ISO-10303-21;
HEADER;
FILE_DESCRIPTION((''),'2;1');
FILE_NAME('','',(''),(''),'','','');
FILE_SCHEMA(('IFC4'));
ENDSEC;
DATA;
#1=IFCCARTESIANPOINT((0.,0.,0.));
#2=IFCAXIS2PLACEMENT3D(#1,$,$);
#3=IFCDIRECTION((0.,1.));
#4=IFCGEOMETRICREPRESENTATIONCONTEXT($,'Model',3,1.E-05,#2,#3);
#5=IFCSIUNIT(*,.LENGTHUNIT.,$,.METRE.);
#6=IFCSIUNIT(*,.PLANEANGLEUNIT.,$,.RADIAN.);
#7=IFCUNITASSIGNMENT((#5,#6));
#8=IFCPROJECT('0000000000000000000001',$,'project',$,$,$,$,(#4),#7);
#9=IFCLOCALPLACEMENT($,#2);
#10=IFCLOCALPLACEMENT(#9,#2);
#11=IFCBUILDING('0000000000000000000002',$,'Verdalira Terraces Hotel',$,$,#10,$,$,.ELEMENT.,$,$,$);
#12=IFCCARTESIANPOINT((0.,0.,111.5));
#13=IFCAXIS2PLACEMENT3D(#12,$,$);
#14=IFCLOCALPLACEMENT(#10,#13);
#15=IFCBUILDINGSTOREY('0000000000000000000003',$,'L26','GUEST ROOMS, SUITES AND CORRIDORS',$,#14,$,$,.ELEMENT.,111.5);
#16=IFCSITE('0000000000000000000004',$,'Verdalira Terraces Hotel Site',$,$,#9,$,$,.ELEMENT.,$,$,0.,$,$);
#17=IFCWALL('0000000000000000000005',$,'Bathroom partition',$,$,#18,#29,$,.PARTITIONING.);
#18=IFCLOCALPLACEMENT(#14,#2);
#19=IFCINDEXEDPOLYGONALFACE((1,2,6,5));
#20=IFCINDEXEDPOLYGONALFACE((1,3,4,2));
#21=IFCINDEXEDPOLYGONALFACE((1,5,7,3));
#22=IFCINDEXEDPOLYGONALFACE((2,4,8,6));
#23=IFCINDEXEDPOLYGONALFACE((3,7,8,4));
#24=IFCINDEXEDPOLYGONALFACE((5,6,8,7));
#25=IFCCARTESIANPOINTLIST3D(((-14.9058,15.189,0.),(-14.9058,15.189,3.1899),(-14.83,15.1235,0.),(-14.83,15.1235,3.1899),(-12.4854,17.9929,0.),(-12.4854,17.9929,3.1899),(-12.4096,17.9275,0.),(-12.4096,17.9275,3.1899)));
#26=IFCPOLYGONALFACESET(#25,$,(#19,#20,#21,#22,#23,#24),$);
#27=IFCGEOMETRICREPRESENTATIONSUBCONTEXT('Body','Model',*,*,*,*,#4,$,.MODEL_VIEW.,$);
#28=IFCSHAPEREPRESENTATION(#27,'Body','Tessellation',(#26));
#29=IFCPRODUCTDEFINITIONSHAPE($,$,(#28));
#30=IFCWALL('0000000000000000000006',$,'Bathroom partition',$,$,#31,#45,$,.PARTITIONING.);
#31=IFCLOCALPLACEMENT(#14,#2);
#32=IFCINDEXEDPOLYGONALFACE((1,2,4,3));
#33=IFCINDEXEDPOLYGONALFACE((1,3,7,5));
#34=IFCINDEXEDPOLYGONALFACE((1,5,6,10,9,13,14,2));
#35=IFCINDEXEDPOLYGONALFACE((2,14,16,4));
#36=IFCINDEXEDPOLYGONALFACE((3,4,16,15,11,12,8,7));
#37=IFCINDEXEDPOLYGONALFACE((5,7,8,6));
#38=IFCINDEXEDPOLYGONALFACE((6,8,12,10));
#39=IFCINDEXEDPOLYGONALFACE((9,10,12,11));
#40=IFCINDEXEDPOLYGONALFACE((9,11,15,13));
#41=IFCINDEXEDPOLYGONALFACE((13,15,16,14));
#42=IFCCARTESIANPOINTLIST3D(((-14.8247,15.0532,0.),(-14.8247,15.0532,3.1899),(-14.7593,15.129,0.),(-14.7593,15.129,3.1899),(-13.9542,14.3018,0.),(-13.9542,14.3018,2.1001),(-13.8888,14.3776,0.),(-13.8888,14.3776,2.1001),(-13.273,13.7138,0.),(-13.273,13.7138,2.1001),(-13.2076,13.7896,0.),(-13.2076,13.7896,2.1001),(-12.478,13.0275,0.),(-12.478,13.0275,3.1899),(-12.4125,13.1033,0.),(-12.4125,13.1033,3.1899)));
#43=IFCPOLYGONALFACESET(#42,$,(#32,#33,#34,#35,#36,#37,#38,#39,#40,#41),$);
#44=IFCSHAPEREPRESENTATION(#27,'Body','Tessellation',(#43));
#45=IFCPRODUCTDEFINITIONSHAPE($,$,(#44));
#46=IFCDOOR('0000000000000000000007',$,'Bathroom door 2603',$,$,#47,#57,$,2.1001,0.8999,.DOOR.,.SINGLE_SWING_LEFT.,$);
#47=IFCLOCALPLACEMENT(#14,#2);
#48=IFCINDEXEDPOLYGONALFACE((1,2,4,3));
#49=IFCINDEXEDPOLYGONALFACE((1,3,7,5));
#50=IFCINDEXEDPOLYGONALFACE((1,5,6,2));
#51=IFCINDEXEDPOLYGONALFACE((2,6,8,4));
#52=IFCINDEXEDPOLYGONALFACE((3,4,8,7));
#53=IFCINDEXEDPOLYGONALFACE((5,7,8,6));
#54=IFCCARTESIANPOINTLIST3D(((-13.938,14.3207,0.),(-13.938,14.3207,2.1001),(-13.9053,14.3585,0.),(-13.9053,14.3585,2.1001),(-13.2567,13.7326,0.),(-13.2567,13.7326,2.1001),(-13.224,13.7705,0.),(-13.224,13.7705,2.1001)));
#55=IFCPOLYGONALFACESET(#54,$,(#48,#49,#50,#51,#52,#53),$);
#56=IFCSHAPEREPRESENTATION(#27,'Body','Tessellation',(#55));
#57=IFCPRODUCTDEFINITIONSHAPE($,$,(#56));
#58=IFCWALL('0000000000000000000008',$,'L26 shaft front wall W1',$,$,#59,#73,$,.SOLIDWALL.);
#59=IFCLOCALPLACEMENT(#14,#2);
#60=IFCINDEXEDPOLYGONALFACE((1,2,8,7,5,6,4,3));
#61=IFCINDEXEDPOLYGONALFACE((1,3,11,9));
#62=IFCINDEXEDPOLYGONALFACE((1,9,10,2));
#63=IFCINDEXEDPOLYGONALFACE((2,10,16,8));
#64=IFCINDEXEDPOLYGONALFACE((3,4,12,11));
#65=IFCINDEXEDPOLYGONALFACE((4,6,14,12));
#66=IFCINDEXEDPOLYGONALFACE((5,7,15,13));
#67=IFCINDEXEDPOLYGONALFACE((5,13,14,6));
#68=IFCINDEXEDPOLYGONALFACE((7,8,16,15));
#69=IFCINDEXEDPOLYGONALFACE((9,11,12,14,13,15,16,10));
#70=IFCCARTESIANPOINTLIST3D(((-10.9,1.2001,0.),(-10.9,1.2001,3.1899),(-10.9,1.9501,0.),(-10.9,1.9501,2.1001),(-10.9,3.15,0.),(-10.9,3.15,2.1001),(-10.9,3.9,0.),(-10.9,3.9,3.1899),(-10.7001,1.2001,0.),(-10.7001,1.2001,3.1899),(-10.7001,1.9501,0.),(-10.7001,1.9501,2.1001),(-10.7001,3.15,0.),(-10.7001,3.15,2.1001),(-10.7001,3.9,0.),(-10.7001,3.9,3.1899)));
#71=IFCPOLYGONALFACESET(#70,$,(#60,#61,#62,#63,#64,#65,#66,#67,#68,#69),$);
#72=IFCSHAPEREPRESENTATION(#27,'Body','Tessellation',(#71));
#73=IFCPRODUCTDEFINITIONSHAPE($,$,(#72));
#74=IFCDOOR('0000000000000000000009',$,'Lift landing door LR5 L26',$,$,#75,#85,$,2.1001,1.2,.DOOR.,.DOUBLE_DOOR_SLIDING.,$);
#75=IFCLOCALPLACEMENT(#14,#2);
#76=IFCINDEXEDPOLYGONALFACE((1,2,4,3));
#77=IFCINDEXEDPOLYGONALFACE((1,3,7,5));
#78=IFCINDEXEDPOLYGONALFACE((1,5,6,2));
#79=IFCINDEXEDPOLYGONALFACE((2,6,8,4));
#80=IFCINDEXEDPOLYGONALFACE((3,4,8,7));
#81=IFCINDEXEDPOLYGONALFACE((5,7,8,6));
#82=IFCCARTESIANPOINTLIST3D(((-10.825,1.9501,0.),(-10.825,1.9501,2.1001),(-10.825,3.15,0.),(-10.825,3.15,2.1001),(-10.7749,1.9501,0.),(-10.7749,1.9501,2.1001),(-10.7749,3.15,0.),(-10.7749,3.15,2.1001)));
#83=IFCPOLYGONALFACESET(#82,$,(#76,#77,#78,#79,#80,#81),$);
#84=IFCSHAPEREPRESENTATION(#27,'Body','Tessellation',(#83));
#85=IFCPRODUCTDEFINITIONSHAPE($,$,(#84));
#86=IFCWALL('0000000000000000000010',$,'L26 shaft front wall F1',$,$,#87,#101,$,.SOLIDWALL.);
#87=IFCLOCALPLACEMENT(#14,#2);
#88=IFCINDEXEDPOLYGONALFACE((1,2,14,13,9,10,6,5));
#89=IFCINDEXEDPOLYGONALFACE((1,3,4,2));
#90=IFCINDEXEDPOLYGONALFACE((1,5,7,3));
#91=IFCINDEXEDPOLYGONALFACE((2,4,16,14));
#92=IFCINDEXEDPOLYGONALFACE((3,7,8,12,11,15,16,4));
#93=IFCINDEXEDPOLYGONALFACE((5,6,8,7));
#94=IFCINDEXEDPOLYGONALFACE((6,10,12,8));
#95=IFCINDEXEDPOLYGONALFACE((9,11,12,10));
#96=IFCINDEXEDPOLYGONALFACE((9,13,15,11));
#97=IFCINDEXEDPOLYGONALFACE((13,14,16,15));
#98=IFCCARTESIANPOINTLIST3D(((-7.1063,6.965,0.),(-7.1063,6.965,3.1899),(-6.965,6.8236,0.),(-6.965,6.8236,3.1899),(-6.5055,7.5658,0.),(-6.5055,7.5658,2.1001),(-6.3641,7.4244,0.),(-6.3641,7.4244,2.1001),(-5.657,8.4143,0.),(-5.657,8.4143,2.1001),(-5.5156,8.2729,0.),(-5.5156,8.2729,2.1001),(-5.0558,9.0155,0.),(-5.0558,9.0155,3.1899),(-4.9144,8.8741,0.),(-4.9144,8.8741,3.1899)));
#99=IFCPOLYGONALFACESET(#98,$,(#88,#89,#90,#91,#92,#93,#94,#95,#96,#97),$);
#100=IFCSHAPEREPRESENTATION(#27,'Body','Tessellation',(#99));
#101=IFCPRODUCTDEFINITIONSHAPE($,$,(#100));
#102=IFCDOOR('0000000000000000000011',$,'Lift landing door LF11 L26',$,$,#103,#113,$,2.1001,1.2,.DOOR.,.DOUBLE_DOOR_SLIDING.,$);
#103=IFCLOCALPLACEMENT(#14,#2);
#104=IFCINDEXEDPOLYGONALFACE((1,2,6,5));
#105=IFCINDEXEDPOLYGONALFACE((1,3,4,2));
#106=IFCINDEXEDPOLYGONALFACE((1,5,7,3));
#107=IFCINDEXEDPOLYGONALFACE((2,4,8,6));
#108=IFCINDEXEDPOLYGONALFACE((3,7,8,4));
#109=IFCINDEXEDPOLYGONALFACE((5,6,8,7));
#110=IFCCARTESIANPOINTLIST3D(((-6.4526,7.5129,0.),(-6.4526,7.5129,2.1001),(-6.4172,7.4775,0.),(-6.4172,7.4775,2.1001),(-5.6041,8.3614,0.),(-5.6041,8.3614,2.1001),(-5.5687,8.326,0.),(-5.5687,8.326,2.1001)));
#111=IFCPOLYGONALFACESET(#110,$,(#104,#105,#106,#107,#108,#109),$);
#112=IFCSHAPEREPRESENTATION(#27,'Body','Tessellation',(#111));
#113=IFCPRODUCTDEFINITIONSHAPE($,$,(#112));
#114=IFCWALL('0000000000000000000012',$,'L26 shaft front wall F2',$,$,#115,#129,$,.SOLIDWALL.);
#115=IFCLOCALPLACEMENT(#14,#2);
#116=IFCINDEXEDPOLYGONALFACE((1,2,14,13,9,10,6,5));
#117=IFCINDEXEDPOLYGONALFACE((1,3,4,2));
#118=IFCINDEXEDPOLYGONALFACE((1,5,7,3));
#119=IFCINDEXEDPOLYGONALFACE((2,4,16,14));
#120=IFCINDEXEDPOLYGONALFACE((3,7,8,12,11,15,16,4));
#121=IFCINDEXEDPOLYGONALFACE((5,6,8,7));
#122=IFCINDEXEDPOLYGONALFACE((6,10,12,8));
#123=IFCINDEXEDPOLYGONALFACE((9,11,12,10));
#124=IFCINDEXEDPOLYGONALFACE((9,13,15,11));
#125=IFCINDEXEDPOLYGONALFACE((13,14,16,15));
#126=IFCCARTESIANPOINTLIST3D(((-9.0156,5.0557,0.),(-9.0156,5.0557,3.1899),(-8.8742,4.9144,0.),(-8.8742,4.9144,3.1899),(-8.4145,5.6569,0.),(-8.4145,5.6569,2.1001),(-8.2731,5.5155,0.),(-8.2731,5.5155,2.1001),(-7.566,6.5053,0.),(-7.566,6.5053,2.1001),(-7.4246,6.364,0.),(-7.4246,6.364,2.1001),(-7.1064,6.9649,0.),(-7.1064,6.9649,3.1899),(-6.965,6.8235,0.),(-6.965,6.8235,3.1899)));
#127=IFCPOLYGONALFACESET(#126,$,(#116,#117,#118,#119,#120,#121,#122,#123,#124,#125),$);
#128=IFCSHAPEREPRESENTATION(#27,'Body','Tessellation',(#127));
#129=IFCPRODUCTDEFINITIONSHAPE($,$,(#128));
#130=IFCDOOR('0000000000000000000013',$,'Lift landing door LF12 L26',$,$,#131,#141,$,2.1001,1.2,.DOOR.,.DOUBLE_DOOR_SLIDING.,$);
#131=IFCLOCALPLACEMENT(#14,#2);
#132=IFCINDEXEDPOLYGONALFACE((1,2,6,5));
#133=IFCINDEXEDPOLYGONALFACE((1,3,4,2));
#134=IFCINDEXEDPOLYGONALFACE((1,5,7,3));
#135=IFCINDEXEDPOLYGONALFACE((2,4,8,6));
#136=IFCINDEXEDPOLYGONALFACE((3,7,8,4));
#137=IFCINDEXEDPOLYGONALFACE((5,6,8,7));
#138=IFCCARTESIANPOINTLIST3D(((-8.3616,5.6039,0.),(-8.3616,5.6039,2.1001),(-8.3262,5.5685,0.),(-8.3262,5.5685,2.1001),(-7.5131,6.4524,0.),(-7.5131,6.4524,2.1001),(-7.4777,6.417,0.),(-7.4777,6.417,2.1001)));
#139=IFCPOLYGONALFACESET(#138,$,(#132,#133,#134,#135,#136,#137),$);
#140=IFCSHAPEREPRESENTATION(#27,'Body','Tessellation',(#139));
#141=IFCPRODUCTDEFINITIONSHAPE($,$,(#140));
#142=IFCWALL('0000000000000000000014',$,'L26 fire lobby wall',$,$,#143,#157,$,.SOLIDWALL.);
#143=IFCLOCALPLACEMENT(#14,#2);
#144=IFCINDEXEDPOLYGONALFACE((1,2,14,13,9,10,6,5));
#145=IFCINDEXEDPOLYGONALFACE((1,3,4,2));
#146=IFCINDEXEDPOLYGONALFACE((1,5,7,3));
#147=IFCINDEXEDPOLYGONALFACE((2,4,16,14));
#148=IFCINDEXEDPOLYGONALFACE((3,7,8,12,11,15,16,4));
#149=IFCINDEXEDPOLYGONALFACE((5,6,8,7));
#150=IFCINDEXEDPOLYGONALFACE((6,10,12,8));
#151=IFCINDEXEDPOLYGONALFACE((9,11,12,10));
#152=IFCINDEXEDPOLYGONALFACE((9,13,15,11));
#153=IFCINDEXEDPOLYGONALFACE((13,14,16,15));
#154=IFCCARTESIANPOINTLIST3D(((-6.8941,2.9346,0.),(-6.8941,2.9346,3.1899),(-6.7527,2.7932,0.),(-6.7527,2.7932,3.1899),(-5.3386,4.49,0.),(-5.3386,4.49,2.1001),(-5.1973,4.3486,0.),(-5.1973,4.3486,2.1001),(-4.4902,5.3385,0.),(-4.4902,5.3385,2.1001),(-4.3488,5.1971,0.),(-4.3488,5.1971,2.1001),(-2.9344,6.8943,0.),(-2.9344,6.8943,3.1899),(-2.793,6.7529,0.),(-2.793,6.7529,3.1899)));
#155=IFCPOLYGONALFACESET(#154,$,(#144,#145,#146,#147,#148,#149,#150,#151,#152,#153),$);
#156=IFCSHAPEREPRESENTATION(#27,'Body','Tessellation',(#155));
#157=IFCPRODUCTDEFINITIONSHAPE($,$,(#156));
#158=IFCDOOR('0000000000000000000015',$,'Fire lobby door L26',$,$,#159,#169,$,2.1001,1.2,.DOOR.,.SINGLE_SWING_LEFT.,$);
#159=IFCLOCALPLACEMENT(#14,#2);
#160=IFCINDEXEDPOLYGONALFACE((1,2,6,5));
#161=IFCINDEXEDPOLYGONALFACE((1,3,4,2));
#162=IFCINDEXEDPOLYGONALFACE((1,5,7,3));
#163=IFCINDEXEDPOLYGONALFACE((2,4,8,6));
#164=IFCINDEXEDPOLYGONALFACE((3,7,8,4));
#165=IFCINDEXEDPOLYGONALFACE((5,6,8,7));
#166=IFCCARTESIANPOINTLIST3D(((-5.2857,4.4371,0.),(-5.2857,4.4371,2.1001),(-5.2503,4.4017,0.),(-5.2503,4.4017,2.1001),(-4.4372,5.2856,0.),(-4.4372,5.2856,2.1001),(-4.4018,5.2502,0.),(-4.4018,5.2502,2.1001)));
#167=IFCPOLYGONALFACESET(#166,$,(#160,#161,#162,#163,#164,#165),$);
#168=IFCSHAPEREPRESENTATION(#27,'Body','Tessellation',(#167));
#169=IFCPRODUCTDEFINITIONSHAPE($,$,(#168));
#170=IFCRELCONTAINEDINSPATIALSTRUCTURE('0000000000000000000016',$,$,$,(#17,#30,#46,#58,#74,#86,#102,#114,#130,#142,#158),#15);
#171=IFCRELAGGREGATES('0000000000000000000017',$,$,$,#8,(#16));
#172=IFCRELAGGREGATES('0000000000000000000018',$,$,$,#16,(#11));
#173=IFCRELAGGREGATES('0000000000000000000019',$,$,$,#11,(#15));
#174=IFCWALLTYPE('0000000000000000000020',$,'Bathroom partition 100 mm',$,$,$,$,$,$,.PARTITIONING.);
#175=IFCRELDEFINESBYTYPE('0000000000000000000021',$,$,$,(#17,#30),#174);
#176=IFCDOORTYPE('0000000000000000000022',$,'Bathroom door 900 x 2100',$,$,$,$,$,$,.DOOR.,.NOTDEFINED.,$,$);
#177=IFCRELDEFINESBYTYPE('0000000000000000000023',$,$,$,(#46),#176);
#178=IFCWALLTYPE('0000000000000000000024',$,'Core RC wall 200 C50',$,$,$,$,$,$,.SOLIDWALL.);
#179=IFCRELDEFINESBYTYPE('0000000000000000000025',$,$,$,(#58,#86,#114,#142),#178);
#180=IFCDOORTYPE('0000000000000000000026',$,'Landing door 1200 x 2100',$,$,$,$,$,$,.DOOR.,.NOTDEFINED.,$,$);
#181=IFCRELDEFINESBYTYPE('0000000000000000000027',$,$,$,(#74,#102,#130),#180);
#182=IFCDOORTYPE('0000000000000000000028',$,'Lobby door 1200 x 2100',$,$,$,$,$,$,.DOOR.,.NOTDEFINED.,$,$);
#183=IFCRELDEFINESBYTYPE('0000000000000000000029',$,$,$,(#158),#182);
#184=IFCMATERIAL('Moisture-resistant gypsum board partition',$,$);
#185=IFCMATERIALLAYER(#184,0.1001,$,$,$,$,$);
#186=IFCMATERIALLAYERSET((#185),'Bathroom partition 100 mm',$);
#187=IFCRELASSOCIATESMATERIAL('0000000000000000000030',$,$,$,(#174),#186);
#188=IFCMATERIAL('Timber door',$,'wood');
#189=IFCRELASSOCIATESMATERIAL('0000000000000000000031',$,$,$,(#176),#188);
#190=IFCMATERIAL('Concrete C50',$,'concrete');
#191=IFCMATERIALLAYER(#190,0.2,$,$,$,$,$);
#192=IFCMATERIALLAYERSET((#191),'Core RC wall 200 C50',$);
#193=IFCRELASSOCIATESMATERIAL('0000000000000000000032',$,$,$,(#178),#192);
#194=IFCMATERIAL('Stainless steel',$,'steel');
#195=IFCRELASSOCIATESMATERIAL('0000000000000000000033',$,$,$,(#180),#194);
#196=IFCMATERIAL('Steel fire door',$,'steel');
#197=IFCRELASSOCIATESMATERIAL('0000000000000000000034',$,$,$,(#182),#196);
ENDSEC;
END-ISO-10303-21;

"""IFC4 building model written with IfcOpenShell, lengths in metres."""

from ifc_helpers import new_model, si_unit, direction, frame, frame_2d, origin, place, context, subcontext, project, spatial, rectangle, extrude, material, layer, layer_set, type_object, element, fill, save


model = new_model("IFC4")

# Units and contexts
model_context = context("Model", 3, precision=1e-05, world=origin(), true_north=direction((0.0, 1.0)))
body_context = subcontext(model_context, "Body", "Model", "MODEL_VIEW")
ifc_project = project(units=[si_unit("LENGTHUNIT", "METRE"), si_unit("PLANEANGLEUNIT", "RADIAN")], contexts=[model_context])

# Site, building, storey
site_placement = place(None, origin())
site = spatial("IfcSite", under=ifc_project, at=site_placement, Name="Verdalira Terraces Hotel Site", CompositionType="ELEMENT", RefElevation=0.0)
building_placement = place(site_placement, origin())
building = spatial("IfcBuilding", under=site, at=building_placement, Name="Verdalira Terraces Hotel", CompositionType="ELEMENT")
storey_placement = place(building_placement, frame((0.0, 0.0, 111.5)))
storey = spatial("IfcBuildingStorey", under=building, at=storey_placement, Name="L26", Description="GUEST ROOMS, SUITES AND CORRIDORS", CompositionType="ELEMENT", Elevation=111.5)

# Wall
ifc_material_1 = material(Name="Moisture-resistant gypsum board partition")
ifc_layer_1 = layer(ifc_material_1, 0.1001)
ifc_layer_set_1 = layer_set([ifc_layer_1], Name="Bathroom partition 100 mm")
wall_type_1 = type_object("IfcWallType", Name="Bathroom partition 100 mm", PredefinedType="PARTITIONING", material=ifc_layer_set_1)
wall_1_placement = place(storey_placement, frame((-14.8679, 15.1562, 0.0), z_axis=(0.0, 0.0, 1.0), x_axis=(0.653436, 0.756982, 0.0)))
element("IfcWall", 1, at=wall_1_placement, inside=storey, type_object=wall_type_1, Name="Bathroom partition", PredefinedType="PARTITIONING", context=body_context, shape_type="SweptSolid", body=[
    extrude(rectangle(XDim=3.7041, YDim=0.1001, at=frame_2d((1.8521, 0.0))), origin(), (0.0, 0.0, 1.0), 3.1899),
])

# Walls, openings, doors
wall_2_placement = place(storey_placement, frame((-14.792, 15.0911, 0.0), z_axis=(0.0, 0.0, 1.0), x_axis=(0.756989, -0.653427, 0.0)))
wall_2 = element("IfcWall", 2, at=wall_2_placement, inside=storey, type_object=wall_type_1, Name="Bathroom partition", PredefinedType="PARTITIONING", context=body_context, shape_type="SweptSolid", body=[
    extrude(rectangle(XDim=3.1001, YDim=0.1001, at=frame_2d((1.55, 0.0))), origin(), (0.0, 0.0, 1.0), 3.1899),
])
opening_1_placement = place(wall_2_placement, frame((1.1499, 0.0, 0.0)))
opening_1 = element("IfcOpeningElement", 3, at=opening_1_placement, cuts=wall_2, PredefinedType="OPENING", context=body_context, shape_type="SweptSolid", body=[
    extrude(rectangle(XDim=0.8999, YDim=2.1001, at=frame_2d((0.45, 1.05))), frame((0.0, 0.0601, 0.0), z_axis=(0.0, -1.0, 0.0), x_axis=(1.0, 0.0, 0.0)), (0.0, 0.0, 1.0), 0.1201),
])
ifc_material_2 = material(Name="Timber door", Category="wood")
door_type_1 = type_object("IfcDoorType", Name="Bathroom door 900 x 2100", OperationType="NOTDEFINED", PredefinedType="DOOR", material=ifc_material_2)
door_1_placement = place(opening_1_placement, origin())
door_1 = element("IfcDoor", 4, at=door_1_placement, inside=storey, type_object=door_type_1, Name="Bathroom door 2603", OperationType="SINGLE_SWING_LEFT", OverallHeight=2.1001, OverallWidth=0.8999, PredefinedType="DOOR", context=body_context, shape_type="SweptSolid", body=[
    extrude(rectangle(XDim=0.8999, YDim=2.1001, at=frame_2d((0.45, 1.05))), frame((0.0, 0.0249, 0.0), z_axis=(0.0, -1.0, 0.0), x_axis=(1.0, 0.0, 0.0)), (0.0, 0.0, 1.0), 0.05),
])
fill(opening_1, door_1)
ifc_material_3 = material(Name="Concrete C50", Category="concrete")
ifc_layer_2 = layer(ifc_material_3, 0.2)
ifc_layer_set_2 = layer_set([ifc_layer_2], Name="Core RC wall 200 C50")
wall_type_2 = type_object("IfcWallType", Name="Core RC wall 200 C50", PredefinedType="SOLIDWALL", material=ifc_layer_set_2)
wall_3_placement = place(storey_placement, frame((-10.8, 1.2, 0.0), z_axis=(0.0, 0.0, 1.0), x_axis=(0.0, 1.0, 0.0)))
wall_3 = element("IfcWall", 5, at=wall_3_placement, inside=storey, type_object=wall_type_2, Name="L26 shaft front wall W1", PredefinedType="SOLIDWALL", context=body_context, shape_type="SweptSolid", body=[
    extrude(rectangle(XDim=2.7, YDim=0.2, at=frame_2d((1.3501, 0.0))), origin(), (0.0, 0.0, 1.0), 3.1899),
])
opening_2_placement = place(wall_3_placement, frame((0.75, 0.0, 0.0)))
opening_2 = element("IfcOpeningElement", 6, at=opening_2_placement, cuts=wall_3, PredefinedType="OPENING", context=body_context, shape_type="SweptSolid", body=[
    extrude(rectangle(XDim=1.2, YDim=2.1001, at=frame_2d((0.6001, 1.05))), frame((0.0, 0.1099, 0.0), z_axis=(0.0, -1.0, 0.0), x_axis=(1.0, 0.0, 0.0)), (0.0, 0.0, 1.0), 0.22),
])
ifc_material_4 = material(Name="Stainless steel", Category="steel")
door_type_2 = type_object("IfcDoorType", Name="Landing door 1200 x 2100", OperationType="NOTDEFINED", PredefinedType="DOOR", material=ifc_material_4)
door_2_placement = place(opening_2_placement, origin())
door_2 = element("IfcDoor", 7, at=door_2_placement, inside=storey, type_object=door_type_2, Name="Lift landing door LR5 L26", OperationType="DOUBLE_DOOR_SLIDING", OverallHeight=2.1001, OverallWidth=1.2, PredefinedType="DOOR", context=body_context, shape_type="SweptSolid", body=[
    extrude(rectangle(XDim=1.2, YDim=2.1001, at=frame_2d((0.6001, 1.05))), frame((0.0, 0.0249, 0.0), z_axis=(0.0, -1.0, 0.0), x_axis=(1.0, 0.0, 0.0)), (0.0, 0.0, 1.0), 0.05),
])
fill(opening_2, door_2)
wall_4_placement = place(storey_placement, frame((-4.9851, 8.9448, 0.0), z_axis=(0.0, 0.0, 1.0), x_axis=(-0.707107, -0.707107, 0.0)))
wall_4 = element("IfcWall", 8, at=wall_4_placement, inside=storey, type_object=wall_type_2, Name="L26 shaft front wall F1", PredefinedType="SOLIDWALL", context=body_context, shape_type="SweptSolid", body=[
    extrude(rectangle(XDim=2.8999, YDim=0.2, at=frame_2d((1.45, 0.0))), origin(), (0.0, 0.0, 1.0), 3.1899),
])
opening_3_placement = place(wall_4_placement, frame((0.8501, 0.0, 0.0)))
opening_3 = element("IfcOpeningElement", 9, at=opening_3_placement, cuts=wall_4, PredefinedType="OPENING", context=body_context, shape_type="SweptSolid", body=[
    extrude(rectangle(XDim=1.2, YDim=2.1001, at=frame_2d((0.6001, 1.05))), frame((0.0, 0.1099, 0.0), z_axis=(0.0, -1.0, 0.0), x_axis=(1.0, 0.0, 0.0)), (0.0, 0.0, 1.0), 0.22),
])
door_3_placement = place(opening_3_placement, origin())
door_3 = element("IfcDoor", 10, at=door_3_placement, inside=storey, type_object=door_type_2, Name="Lift landing door LF11 L26", OperationType="DOUBLE_DOOR_SLIDING", OverallHeight=2.1001, OverallWidth=1.2, PredefinedType="DOOR", context=body_context, shape_type="SweptSolid", body=[
    extrude(rectangle(XDim=1.2, YDim=2.1001, at=frame_2d((0.6001, 1.05))), frame((0.0, 0.0249, 0.0), z_axis=(0.0, -1.0, 0.0), x_axis=(1.0, 0.0, 0.0)), (0.0, 0.0, 1.0), 0.05),
])
fill(opening_3, door_3)
wall_5_placement = place(storey_placement, frame((-7.0356, 6.8943, 0.0), z_axis=(0.0, 0.0, 1.0), x_axis=(-0.707107, -0.707107, 0.0)))
wall_5 = element("IfcWall", 11, at=wall_5_placement, inside=storey, type_object=wall_type_2, Name="L26 shaft front wall F2", PredefinedType="SOLIDWALL", context=body_context, shape_type="SweptSolid", body=[
    extrude(rectangle(XDim=2.7, YDim=0.2, at=frame_2d((1.3501, 0.0))), origin(), (0.0, 0.0, 1.0), 3.1899),
])
opening_4_placement = place(wall_5_placement, frame((0.6499, 0.0, 0.0)))
opening_4 = element("IfcOpeningElement", 12, at=opening_4_placement, cuts=wall_5, PredefinedType="OPENING", context=body_context, shape_type="SweptSolid", body=[
    extrude(rectangle(XDim=1.2, YDim=2.1001, at=frame_2d((0.6001, 1.05))), frame((0.0, 0.1099, 0.0), z_axis=(0.0, -1.0, 0.0), x_axis=(1.0, 0.0, 0.0)), (0.0, 0.0, 1.0), 0.22),
])
door_4_placement = place(opening_4_placement, origin())
door_4 = element("IfcDoor", 13, at=door_4_placement, inside=storey, type_object=door_type_2, Name="Lift landing door LF12 L26", OperationType="DOUBLE_DOOR_SLIDING", OverallHeight=2.1001, OverallWidth=1.2, PredefinedType="DOOR", context=body_context, shape_type="SweptSolid", body=[
    extrude(rectangle(XDim=1.2, YDim=2.1001, at=frame_2d((0.6001, 1.05))), frame((0.0, 0.0249, 0.0), z_axis=(0.0, -1.0, 0.0), x_axis=(1.0, 0.0, 0.0)), (0.0, 0.0, 1.0), 0.05),
])
fill(opening_4, door_4)
wall_6_placement = place(storey_placement, frame((-2.8638, 6.8235, 0.0), z_axis=(0.0, 0.0, 1.0), x_axis=(-0.707107, -0.707107, 0.0)))
wall_6 = element("IfcWall", 14, at=wall_6_placement, inside=storey, type_object=wall_type_2, Name="L26 fire lobby wall", PredefinedType="SOLIDWALL", context=body_context, shape_type="SweptSolid", body=[
    extrude(rectangle(XDim=5.5999, YDim=0.2, at=frame_2d((2.7998, 0.0))), origin(), (0.0, 0.0, 1.0), 3.1899),
])
opening_5_placement = place(wall_6_placement, frame((2.2, 0.0, 0.0)))
opening_5 = element("IfcOpeningElement", 15, at=opening_5_placement, cuts=wall_6, PredefinedType="OPENING", context=body_context, shape_type="SweptSolid", body=[
    extrude(rectangle(XDim=1.2, YDim=2.1001, at=frame_2d((0.6001, 1.05))), frame((0.0, 0.1099, 0.0), z_axis=(0.0, -1.0, 0.0), x_axis=(1.0, 0.0, 0.0)), (0.0, 0.0, 1.0), 0.22),
])
ifc_material_5 = material(Name="Steel fire door", Category="steel")
door_type_3 = type_object("IfcDoorType", Name="Lobby door 1200 x 2100", OperationType="NOTDEFINED", PredefinedType="DOOR", material=ifc_material_5)
door_5_placement = place(opening_5_placement, origin())
door_5 = element("IfcDoor", 16, at=door_5_placement, inside=storey, type_object=door_type_3, Name="Fire lobby door L26", OperationType="SINGLE_SWING_LEFT", OverallHeight=2.1001, OverallWidth=1.2, PredefinedType="DOOR", context=body_context, shape_type="SweptSolid", body=[
    extrude(rectangle(XDim=1.2, YDim=2.1001, at=frame_2d((0.6001, 1.05))), frame((0.0, 0.0249, 0.0), z_axis=(0.0, -1.0, 0.0), x_axis=(1.0, 0.0, 0.0)), (0.0, 0.0, 1.0), 0.05),
])
fill(opening_5, door_5)

save(model, "model.ifc")
